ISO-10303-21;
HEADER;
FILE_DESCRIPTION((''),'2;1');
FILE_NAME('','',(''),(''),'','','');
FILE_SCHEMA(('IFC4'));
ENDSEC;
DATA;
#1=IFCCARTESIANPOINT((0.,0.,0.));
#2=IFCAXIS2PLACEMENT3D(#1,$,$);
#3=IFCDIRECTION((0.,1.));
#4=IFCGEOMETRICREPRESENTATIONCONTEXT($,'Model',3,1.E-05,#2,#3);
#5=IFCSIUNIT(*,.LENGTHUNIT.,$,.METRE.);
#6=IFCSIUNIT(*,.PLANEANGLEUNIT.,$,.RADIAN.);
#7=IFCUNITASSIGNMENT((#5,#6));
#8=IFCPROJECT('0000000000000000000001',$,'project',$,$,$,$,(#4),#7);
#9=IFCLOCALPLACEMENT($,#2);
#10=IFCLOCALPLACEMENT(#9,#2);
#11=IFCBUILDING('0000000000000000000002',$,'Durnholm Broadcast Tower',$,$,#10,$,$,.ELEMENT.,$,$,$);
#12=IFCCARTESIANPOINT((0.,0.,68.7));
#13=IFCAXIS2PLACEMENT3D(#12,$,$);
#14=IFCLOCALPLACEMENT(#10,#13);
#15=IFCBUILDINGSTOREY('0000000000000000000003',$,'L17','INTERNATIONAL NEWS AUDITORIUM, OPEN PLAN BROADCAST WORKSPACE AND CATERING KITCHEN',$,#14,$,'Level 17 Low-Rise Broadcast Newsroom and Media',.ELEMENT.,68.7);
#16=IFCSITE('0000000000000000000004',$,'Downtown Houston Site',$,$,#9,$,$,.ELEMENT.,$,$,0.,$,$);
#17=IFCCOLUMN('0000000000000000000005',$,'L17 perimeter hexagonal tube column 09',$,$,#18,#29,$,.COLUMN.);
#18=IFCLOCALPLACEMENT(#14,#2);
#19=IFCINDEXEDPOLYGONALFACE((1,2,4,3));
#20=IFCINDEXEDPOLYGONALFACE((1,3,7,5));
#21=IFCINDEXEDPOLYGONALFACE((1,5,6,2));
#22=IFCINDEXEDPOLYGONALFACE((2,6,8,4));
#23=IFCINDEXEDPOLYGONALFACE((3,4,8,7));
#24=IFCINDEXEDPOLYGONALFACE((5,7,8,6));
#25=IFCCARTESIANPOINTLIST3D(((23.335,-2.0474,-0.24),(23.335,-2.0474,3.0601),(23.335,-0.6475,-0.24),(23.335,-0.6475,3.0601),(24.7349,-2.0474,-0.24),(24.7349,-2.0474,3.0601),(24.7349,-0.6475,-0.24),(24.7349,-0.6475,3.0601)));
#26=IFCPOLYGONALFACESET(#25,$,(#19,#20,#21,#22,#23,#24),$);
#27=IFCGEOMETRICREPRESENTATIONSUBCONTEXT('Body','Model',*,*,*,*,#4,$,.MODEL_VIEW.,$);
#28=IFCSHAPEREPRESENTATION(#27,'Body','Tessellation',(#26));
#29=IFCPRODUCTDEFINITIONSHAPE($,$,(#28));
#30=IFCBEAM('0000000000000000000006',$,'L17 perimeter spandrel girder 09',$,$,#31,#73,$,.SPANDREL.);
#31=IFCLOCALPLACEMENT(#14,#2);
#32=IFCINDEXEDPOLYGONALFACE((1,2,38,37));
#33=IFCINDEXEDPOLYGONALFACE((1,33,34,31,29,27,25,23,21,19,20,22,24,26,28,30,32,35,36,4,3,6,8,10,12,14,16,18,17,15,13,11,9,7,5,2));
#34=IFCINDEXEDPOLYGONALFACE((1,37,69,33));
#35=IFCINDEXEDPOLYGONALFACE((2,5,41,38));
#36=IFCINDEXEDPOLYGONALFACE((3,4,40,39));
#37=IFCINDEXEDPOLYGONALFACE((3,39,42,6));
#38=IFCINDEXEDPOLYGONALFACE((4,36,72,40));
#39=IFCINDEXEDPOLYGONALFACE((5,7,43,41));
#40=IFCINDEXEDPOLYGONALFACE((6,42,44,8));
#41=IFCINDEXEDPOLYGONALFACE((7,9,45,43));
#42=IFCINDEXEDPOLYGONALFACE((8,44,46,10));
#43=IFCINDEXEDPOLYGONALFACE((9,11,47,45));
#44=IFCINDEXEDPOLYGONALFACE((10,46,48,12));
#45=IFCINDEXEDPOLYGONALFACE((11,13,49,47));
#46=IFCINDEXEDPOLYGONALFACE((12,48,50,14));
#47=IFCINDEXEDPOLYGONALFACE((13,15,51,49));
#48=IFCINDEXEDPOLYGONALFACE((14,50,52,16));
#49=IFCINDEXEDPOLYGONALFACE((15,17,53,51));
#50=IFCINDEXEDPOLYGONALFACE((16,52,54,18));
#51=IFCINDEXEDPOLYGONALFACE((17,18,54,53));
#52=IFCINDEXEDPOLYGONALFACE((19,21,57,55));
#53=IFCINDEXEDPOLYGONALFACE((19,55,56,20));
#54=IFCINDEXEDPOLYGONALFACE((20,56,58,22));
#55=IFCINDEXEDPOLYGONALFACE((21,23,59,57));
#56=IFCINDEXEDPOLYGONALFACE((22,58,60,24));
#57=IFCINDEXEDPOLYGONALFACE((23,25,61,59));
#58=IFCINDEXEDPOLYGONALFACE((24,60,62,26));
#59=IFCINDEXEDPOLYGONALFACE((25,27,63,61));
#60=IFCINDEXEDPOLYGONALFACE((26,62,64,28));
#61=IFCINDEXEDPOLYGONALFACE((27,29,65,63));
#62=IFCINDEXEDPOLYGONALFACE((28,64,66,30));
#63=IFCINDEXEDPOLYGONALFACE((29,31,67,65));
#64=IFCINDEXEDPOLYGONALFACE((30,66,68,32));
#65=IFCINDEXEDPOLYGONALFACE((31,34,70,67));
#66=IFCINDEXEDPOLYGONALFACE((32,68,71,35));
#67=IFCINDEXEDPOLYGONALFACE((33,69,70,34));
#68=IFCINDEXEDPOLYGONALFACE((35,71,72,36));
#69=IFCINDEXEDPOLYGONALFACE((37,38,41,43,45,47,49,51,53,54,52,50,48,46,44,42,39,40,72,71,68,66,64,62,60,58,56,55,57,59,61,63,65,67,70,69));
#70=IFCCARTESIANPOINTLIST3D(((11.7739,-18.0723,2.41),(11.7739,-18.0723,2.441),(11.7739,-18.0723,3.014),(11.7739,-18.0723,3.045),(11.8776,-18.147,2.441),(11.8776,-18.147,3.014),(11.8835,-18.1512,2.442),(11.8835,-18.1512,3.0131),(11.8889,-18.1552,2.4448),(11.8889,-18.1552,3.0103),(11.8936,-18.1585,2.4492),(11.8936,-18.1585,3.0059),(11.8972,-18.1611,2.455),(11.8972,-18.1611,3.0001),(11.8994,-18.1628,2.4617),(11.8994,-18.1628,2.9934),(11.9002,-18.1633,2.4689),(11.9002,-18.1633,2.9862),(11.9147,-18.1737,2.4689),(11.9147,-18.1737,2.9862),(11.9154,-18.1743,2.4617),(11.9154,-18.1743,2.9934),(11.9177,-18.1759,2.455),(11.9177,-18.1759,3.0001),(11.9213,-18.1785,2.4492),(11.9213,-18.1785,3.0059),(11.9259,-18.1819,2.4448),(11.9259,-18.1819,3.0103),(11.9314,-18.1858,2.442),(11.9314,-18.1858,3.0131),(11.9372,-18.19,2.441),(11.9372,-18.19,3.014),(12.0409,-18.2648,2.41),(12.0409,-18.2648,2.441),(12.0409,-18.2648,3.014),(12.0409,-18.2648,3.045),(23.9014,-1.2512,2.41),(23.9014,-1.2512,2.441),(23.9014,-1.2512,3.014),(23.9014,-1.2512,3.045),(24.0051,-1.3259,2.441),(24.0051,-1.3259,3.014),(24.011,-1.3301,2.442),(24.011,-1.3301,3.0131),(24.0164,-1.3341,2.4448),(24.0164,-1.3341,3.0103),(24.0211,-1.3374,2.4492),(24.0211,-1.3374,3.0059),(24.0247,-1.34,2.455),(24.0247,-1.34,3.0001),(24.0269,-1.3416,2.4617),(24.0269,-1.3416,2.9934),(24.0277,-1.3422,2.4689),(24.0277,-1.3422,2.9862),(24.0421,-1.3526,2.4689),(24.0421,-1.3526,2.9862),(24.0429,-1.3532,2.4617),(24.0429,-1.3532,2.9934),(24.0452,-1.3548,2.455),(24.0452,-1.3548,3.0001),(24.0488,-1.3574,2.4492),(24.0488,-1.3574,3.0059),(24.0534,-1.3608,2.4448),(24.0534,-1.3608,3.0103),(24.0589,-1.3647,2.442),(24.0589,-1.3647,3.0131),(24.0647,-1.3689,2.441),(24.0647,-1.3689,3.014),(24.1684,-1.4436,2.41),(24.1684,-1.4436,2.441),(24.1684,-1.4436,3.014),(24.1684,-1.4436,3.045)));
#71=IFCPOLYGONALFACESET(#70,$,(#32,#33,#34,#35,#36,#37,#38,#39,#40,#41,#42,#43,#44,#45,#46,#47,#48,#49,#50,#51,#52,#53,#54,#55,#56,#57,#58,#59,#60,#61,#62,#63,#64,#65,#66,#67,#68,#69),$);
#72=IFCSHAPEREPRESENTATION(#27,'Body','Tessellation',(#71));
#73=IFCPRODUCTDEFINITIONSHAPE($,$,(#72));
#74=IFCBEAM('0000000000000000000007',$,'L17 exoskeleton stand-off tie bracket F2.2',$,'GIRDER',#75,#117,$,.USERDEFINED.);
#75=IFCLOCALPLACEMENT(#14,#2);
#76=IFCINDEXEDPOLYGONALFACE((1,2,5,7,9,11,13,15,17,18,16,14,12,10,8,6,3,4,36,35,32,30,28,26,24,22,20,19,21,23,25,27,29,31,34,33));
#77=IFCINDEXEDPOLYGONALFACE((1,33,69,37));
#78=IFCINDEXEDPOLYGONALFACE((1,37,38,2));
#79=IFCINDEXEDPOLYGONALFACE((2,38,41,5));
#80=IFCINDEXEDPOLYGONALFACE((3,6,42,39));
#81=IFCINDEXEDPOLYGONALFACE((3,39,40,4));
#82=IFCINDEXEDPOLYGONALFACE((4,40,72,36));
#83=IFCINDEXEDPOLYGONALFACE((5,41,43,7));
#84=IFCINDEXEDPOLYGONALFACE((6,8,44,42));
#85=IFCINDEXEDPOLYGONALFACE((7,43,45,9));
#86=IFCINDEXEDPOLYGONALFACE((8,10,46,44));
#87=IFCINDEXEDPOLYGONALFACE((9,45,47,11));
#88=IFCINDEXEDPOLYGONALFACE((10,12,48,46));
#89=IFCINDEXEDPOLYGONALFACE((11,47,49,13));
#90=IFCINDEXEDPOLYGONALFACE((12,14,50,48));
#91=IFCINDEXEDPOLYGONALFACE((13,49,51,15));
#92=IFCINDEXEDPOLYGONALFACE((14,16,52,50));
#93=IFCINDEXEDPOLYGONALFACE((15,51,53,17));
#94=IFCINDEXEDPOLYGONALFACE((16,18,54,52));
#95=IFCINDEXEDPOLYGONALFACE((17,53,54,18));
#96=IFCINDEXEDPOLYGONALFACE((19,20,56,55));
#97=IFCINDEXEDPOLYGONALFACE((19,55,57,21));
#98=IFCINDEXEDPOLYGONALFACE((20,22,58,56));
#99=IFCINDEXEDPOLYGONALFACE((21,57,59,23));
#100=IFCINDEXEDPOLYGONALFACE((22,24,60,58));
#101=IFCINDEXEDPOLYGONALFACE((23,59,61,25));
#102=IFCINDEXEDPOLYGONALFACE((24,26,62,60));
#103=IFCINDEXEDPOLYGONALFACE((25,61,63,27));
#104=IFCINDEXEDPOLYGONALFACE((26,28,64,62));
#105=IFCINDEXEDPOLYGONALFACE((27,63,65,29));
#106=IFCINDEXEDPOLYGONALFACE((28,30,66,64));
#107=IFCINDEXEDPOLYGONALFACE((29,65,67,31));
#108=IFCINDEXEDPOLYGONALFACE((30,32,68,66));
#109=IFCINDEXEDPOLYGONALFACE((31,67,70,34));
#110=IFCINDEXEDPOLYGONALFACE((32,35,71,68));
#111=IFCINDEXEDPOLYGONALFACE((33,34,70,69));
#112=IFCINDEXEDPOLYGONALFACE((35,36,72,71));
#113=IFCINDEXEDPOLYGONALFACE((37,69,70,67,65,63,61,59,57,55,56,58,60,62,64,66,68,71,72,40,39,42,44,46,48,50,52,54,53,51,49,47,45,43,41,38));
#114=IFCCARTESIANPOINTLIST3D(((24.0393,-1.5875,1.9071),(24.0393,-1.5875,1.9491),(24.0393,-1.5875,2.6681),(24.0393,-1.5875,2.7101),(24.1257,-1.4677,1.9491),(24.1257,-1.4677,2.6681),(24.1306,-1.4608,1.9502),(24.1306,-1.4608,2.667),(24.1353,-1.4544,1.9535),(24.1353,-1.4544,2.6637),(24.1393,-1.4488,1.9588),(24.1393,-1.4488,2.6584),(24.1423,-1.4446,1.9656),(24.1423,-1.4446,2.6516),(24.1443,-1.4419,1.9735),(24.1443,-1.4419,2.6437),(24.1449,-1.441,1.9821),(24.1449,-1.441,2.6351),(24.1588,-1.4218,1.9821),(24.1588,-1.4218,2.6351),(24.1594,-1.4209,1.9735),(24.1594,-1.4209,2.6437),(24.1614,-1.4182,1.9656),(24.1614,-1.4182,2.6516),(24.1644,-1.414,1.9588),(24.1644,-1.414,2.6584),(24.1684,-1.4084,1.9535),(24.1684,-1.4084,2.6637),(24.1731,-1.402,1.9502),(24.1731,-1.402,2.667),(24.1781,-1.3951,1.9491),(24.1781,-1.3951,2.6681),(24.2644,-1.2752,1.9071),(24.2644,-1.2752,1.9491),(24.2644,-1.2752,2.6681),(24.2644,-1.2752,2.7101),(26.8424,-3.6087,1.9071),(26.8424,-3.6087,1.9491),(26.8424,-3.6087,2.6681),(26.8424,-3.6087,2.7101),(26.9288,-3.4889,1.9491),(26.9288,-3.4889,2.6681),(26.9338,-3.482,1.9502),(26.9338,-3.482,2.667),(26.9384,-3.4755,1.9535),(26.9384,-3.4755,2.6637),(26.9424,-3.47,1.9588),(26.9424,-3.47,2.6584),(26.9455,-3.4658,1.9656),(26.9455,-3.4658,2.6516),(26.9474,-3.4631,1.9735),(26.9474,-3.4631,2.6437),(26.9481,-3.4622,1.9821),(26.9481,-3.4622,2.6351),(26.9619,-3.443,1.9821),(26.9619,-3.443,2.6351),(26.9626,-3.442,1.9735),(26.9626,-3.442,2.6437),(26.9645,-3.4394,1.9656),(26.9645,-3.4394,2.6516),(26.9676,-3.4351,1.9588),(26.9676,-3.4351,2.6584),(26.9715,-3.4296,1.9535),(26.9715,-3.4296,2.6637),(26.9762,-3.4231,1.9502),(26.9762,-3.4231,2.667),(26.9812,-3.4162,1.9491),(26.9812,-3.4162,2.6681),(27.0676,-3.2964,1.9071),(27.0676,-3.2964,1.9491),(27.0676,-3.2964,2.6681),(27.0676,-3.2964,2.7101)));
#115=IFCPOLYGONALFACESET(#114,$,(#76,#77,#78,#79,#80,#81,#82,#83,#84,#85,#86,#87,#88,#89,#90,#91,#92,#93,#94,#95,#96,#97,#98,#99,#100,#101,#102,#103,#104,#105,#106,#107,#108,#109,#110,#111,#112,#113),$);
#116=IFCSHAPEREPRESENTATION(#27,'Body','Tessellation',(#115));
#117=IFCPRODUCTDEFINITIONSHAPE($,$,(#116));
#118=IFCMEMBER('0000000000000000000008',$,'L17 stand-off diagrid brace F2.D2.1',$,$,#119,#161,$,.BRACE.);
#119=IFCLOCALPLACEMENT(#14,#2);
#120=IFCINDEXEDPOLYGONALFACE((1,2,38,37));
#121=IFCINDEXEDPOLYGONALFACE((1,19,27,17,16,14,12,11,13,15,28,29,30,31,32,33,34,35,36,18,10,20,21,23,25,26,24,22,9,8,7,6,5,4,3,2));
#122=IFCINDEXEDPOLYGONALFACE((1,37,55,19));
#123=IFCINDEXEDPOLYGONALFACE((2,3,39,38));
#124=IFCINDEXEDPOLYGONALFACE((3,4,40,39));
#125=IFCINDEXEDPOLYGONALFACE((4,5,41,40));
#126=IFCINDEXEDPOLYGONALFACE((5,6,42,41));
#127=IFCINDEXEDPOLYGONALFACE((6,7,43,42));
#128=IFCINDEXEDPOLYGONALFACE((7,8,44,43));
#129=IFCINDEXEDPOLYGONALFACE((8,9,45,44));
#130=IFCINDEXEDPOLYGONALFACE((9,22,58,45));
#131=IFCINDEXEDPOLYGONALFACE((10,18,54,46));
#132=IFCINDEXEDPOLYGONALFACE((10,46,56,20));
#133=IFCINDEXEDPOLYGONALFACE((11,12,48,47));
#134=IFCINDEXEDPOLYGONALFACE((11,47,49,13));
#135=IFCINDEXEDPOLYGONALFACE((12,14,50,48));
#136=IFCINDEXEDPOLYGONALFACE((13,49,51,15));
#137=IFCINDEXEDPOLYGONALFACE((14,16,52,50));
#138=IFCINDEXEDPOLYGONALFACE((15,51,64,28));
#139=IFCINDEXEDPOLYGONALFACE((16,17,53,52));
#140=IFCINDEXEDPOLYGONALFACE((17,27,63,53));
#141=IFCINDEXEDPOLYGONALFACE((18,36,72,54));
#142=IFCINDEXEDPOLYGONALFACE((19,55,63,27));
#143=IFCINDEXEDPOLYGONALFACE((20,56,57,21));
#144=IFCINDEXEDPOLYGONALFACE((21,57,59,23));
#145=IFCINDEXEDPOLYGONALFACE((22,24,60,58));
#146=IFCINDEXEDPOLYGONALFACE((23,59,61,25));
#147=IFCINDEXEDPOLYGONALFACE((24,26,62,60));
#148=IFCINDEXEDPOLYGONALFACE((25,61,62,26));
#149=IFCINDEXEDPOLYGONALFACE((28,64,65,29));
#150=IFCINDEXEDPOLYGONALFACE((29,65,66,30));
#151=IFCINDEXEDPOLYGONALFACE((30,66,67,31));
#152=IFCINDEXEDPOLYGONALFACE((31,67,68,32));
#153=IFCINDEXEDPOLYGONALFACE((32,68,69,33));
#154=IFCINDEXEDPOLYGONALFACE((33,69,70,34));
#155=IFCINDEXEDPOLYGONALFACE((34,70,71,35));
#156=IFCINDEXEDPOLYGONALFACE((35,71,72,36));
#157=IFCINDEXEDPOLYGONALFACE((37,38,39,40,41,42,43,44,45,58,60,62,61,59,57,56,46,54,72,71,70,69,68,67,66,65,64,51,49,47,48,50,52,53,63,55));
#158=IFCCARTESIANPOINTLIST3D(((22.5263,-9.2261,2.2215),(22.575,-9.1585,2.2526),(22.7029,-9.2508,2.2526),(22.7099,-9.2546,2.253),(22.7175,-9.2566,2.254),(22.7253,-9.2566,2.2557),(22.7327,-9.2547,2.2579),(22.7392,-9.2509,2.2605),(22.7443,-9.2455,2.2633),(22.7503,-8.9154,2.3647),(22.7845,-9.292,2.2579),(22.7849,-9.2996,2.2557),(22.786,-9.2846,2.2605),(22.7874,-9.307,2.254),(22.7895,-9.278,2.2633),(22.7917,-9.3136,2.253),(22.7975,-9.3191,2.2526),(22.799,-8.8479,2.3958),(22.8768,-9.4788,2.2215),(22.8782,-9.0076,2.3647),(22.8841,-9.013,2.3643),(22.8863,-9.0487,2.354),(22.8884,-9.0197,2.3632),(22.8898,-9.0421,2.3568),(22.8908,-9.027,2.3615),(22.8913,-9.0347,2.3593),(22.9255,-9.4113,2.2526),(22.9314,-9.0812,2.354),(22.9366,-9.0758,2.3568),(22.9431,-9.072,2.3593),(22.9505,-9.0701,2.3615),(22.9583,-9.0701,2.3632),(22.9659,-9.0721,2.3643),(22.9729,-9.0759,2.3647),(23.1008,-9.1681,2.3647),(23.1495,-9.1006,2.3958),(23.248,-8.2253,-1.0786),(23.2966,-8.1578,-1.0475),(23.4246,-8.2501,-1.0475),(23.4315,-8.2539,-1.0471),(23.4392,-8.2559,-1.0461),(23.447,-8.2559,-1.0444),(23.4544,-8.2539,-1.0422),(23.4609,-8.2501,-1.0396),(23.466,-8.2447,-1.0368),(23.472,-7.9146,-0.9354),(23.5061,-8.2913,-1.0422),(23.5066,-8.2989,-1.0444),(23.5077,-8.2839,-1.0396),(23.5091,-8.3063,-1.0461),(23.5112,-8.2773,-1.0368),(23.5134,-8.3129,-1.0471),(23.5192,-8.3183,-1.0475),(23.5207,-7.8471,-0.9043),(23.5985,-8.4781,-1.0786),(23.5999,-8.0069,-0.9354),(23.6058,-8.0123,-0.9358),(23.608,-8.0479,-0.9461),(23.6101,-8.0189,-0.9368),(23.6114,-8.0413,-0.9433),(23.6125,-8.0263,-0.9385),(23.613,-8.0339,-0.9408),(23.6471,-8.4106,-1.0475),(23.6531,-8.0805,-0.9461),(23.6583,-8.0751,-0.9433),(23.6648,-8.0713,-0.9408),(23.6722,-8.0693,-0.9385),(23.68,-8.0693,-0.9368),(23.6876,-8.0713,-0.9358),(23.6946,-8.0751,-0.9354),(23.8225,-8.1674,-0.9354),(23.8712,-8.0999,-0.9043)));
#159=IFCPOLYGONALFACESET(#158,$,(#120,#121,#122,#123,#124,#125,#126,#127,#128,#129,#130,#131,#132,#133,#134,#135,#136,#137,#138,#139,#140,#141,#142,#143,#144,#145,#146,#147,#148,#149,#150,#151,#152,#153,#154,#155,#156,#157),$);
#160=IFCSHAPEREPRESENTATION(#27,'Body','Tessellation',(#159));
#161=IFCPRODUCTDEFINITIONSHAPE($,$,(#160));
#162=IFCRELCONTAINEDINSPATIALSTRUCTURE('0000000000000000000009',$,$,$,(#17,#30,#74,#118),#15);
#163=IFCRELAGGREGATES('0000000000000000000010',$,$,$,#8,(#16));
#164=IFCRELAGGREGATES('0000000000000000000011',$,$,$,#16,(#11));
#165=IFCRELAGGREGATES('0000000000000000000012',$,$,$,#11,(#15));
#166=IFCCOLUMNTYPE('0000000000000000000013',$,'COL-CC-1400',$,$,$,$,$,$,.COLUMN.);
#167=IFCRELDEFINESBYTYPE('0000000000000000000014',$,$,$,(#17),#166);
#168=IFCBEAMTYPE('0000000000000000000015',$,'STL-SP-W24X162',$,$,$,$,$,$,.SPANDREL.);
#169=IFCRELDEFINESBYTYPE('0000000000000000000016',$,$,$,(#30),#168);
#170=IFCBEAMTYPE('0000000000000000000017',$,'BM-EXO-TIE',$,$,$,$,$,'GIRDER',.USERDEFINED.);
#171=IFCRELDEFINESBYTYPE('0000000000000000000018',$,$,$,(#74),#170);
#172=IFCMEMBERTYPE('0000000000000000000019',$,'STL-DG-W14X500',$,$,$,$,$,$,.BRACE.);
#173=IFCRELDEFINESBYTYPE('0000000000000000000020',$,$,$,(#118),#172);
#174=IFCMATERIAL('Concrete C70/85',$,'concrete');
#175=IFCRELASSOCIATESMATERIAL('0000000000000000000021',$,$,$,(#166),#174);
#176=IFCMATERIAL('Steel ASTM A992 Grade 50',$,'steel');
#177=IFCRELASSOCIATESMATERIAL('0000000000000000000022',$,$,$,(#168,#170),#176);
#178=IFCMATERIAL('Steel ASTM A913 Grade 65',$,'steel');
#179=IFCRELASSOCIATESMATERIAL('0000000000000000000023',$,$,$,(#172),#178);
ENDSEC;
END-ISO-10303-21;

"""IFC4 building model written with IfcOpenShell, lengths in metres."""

from ifc_helpers import new_model, si_unit, direction, frame, origin, origin_2d, place, context, subcontext, project, spatial, rectangle, i_section, extrude, source, transform, mapped, material, material_profile, profile_set, type_object, type_shapes, element, save


model = new_model("IFC4")

# Units and contexts
model_context = context("Model", 3, precision=1e-05, world=origin(), true_north=direction((0.0, 1.0)))
body_context = subcontext(model_context, "Body", "Model", "MODEL_VIEW")
ifc_project = project(units=[si_unit("LENGTHUNIT", "METRE"), si_unit("PLANEANGLEUNIT", "RADIAN")], contexts=[model_context])

# Site, building, storey
site_placement = place(None, origin())
site = spatial("IfcSite", under=ifc_project, at=site_placement, Name="Downtown Houston Site", CompositionType="ELEMENT", RefElevation=0.0)
building_placement = place(site_placement, origin())
building = spatial("IfcBuilding", under=site, at=building_placement, Name="Durnholm Broadcast Tower", CompositionType="ELEMENT")
storey_placement = place(building_placement, frame((0.0, 0.0, 68.7)))
storey = spatial("IfcBuildingStorey", under=building, at=storey_placement, Name="L17", Description="INTERNATIONAL NEWS AUDITORIUM, OPEN PLAN BROADCAST WORKSPACE AND CATERING KITCHEN", LongName="Level 17 Low-Rise Broadcast Newsroom and Media", CompositionType="ELEMENT", Elevation=68.7)

# Column
ifc_material_1 = material(Name="Concrete C70/85", Category="concrete")
ifc_material_profile_1 = material_profile(ifc_material_1, rectangle(XDim=1.3999, YDim=1.3999, at=origin_2d()), Name="RC1400X1400")
ifc_profile_set_1 = profile_set([ifc_material_profile_1], Name="Concrete C70/85")
column_type = type_object("IfcColumnType", Name="COL-CC-1400", PredefinedType="COLUMN", material=ifc_profile_set_1)
shared_shape_1 = source(origin(), body_context, "Body", "SweptSolid", [
    extrude(rectangle(XDim=1.3999, YDim=1.3999, at=origin_2d()), origin(), (0.0, 0.0, 1.0), 3.3),
])
type_shapes(column_type, [shared_shape_1])
column_placement = place(storey_placement, frame((24.0349, -1.3474, -0.24), z_axis=(0.0, 0.0, 1.0), x_axis=(1.0, 0.0, 0.0)))
element("IfcColumn", 1, at=column_placement, inside=storey, type_object=column_type, Name="L17 perimeter hexagonal tube column 09", PredefinedType="COLUMN", context=body_context, shape_type="MappedRepresentation", body=[
    mapped(shared_shape_1, transform((0.0, 0.0, 0.0), x_axis=(1.0, 0.0, 0.0), y_axis=(0.0, 1.0, 0.0), z_axis=(0.0, 0.0, 1.0), scale=1.0)),
])

# Beams
ifc_material_2 = material(Name="Steel ASTM A992 Grade 50", Category="steel")
ifc_material_profile_2 = material_profile(ifc_material_2, i_section(OverallWidth=0.3291, OverallDepth=0.635, WebThickness=0.0178, FlangeThickness=0.031, FilletRadius=0.0278, at=origin_2d()), Name="W24X162")
ifc_profile_set_2 = profile_set([ifc_material_profile_2], Name="Steel ASTM A992 Grade 50")
beam_type_1 = type_object("IfcBeamType", Name="STL-SP-W24X162", PredefinedType="SPANDREL", material=ifc_profile_set_2)
shared_shape_2 = source(origin(), body_context, "Body", "SweptSolid", [
    extrude(i_section(OverallWidth=0.3291, OverallDepth=0.635, WebThickness=0.0178, FlangeThickness=0.031, FilletRadius=0.0278, at=origin_2d()), origin(), (0.0, 0.0, 1.0), 20.7371),
])
type_shapes(beam_type_1, [shared_shape_2])
beam_1_placement = place(storey_placement, frame((24.0349, -1.3474, 2.7275), z_axis=(-0.584822, -0.811162, 0.0), x_axis=(0.811162, -0.584822, 0.0)))
element("IfcBeam", 2, at=beam_1_placement, inside=storey, type_object=beam_type_1, Name="L17 perimeter spandrel girder 09", PredefinedType="SPANDREL", context=body_context, shape_type="MappedRepresentation", body=[
    mapped(shared_shape_2, transform((0.0, 0.0, 0.0), x_axis=(1.0, 0.0, 0.0), y_axis=(0.0, 1.0, 0.0), z_axis=(0.0, 0.0, 1.0), scale=1.0)),
])
ifc_material_profile_3 = material_profile(ifc_material_2, i_section(OverallWidth=0.385, OverallDepth=0.803, WebThickness=0.0237, FlangeThickness=0.042, FilletRadius=0.033, at=origin_2d()), Name="W30X261")
ifc_profile_set_3 = profile_set([ifc_material_profile_3], Name="Steel ASTM A992 Grade 50")
beam_type_2 = type_object("IfcBeamType", Name="BM-EXO-TIE", ElementType="GIRDER", PredefinedType="USERDEFINED", material=ifc_profile_set_3)
shared_shape_3 = source(origin(), body_context, "Body", "SweptSolid", [
    extrude(i_section(OverallWidth=0.385, OverallDepth=0.803, WebThickness=0.0237, FlangeThickness=0.042, FilletRadius=0.033, at=origin_2d()), origin(), (0.0, 0.0, 1.0), 3.4558),
])
type_shapes(beam_type_2, [shared_shape_3])
beam_2_placement = place(storey_placement, frame((24.1519, -1.4314, 2.3086), z_axis=(0.811134, -0.584861, 0.0), x_axis=(0.584861, 0.811134, 0.0)))
element("IfcBeam", 3, at=beam_2_placement, inside=storey, type_object=beam_type_2, Name="L17 exoskeleton stand-off tie bracket F2.2", ObjectType="GIRDER", PredefinedType="USERDEFINED", context=body_context, shape_type="MappedRepresentation", body=[
    mapped(shared_shape_3, transform((0.0, 0.0, 0.0), x_axis=(1.0, 0.0, 0.0), y_axis=(0.0, 1.0, 0.0), z_axis=(0.0, 0.0, 1.0), scale=1.0)),
])

# Member
ifc_material_3 = material(Name="Steel ASTM A913 Grade 65", Category="steel")
ifc_material_profile_4 = material_profile(ifc_material_3, i_section(OverallWidth=0.4321, OverallDepth=0.4978, WebThickness=0.0557, FlangeThickness=0.0889, FilletRadius=0.0305, at=origin_2d()), Name="W14X500")
ifc_profile_set_4 = profile_set([ifc_material_profile_4], Name="Steel ASTM A913 Grade 65")
member_type_1 = type_object("IfcMemberType", Name="STL-DG-W14X500", PredefinedType="BRACE", material=ifc_profile_set_4)
shared_shape_4 = source(origin(), body_context, "Body", "SweptSolid", [
    extrude(i_section(OverallWidth=0.4321, OverallDepth=0.4978, WebThickness=0.0557, FlangeThickness=0.0889, FilletRadius=0.0305, at=origin_2d()), origin(), (0.0, 0.0, 1.0), 3.5232),
])
type_shapes(member_type_1, [shared_shape_4])
for number, where, z_axis, x_axis, name in (
    (4, (23.5596, -8.1626, -0.9915), (-0.204839, -0.284045, 0.936675), (0.811091, -0.58492, 0.0), "L17 stand-off diagrid brace F2.D2.1"),
):
    element("IfcMember", number, at=place(storey_placement, frame(where, z_axis=z_axis, x_axis=x_axis)), inside=storey, type_object=member_type_1, Name=name, PredefinedType="BRACE", context=body_context, shape_type="MappedRepresentation", body=[
        mapped(shared_shape_4, transform((0.0, 0.0, 0.0), x_axis=(1.0, 0.0, 0.0), y_axis=(0.0, 1.0, 0.0), z_axis=(0.0, 0.0, 1.0), scale=1.0)),
    ])

save(model, "model.ifc")
